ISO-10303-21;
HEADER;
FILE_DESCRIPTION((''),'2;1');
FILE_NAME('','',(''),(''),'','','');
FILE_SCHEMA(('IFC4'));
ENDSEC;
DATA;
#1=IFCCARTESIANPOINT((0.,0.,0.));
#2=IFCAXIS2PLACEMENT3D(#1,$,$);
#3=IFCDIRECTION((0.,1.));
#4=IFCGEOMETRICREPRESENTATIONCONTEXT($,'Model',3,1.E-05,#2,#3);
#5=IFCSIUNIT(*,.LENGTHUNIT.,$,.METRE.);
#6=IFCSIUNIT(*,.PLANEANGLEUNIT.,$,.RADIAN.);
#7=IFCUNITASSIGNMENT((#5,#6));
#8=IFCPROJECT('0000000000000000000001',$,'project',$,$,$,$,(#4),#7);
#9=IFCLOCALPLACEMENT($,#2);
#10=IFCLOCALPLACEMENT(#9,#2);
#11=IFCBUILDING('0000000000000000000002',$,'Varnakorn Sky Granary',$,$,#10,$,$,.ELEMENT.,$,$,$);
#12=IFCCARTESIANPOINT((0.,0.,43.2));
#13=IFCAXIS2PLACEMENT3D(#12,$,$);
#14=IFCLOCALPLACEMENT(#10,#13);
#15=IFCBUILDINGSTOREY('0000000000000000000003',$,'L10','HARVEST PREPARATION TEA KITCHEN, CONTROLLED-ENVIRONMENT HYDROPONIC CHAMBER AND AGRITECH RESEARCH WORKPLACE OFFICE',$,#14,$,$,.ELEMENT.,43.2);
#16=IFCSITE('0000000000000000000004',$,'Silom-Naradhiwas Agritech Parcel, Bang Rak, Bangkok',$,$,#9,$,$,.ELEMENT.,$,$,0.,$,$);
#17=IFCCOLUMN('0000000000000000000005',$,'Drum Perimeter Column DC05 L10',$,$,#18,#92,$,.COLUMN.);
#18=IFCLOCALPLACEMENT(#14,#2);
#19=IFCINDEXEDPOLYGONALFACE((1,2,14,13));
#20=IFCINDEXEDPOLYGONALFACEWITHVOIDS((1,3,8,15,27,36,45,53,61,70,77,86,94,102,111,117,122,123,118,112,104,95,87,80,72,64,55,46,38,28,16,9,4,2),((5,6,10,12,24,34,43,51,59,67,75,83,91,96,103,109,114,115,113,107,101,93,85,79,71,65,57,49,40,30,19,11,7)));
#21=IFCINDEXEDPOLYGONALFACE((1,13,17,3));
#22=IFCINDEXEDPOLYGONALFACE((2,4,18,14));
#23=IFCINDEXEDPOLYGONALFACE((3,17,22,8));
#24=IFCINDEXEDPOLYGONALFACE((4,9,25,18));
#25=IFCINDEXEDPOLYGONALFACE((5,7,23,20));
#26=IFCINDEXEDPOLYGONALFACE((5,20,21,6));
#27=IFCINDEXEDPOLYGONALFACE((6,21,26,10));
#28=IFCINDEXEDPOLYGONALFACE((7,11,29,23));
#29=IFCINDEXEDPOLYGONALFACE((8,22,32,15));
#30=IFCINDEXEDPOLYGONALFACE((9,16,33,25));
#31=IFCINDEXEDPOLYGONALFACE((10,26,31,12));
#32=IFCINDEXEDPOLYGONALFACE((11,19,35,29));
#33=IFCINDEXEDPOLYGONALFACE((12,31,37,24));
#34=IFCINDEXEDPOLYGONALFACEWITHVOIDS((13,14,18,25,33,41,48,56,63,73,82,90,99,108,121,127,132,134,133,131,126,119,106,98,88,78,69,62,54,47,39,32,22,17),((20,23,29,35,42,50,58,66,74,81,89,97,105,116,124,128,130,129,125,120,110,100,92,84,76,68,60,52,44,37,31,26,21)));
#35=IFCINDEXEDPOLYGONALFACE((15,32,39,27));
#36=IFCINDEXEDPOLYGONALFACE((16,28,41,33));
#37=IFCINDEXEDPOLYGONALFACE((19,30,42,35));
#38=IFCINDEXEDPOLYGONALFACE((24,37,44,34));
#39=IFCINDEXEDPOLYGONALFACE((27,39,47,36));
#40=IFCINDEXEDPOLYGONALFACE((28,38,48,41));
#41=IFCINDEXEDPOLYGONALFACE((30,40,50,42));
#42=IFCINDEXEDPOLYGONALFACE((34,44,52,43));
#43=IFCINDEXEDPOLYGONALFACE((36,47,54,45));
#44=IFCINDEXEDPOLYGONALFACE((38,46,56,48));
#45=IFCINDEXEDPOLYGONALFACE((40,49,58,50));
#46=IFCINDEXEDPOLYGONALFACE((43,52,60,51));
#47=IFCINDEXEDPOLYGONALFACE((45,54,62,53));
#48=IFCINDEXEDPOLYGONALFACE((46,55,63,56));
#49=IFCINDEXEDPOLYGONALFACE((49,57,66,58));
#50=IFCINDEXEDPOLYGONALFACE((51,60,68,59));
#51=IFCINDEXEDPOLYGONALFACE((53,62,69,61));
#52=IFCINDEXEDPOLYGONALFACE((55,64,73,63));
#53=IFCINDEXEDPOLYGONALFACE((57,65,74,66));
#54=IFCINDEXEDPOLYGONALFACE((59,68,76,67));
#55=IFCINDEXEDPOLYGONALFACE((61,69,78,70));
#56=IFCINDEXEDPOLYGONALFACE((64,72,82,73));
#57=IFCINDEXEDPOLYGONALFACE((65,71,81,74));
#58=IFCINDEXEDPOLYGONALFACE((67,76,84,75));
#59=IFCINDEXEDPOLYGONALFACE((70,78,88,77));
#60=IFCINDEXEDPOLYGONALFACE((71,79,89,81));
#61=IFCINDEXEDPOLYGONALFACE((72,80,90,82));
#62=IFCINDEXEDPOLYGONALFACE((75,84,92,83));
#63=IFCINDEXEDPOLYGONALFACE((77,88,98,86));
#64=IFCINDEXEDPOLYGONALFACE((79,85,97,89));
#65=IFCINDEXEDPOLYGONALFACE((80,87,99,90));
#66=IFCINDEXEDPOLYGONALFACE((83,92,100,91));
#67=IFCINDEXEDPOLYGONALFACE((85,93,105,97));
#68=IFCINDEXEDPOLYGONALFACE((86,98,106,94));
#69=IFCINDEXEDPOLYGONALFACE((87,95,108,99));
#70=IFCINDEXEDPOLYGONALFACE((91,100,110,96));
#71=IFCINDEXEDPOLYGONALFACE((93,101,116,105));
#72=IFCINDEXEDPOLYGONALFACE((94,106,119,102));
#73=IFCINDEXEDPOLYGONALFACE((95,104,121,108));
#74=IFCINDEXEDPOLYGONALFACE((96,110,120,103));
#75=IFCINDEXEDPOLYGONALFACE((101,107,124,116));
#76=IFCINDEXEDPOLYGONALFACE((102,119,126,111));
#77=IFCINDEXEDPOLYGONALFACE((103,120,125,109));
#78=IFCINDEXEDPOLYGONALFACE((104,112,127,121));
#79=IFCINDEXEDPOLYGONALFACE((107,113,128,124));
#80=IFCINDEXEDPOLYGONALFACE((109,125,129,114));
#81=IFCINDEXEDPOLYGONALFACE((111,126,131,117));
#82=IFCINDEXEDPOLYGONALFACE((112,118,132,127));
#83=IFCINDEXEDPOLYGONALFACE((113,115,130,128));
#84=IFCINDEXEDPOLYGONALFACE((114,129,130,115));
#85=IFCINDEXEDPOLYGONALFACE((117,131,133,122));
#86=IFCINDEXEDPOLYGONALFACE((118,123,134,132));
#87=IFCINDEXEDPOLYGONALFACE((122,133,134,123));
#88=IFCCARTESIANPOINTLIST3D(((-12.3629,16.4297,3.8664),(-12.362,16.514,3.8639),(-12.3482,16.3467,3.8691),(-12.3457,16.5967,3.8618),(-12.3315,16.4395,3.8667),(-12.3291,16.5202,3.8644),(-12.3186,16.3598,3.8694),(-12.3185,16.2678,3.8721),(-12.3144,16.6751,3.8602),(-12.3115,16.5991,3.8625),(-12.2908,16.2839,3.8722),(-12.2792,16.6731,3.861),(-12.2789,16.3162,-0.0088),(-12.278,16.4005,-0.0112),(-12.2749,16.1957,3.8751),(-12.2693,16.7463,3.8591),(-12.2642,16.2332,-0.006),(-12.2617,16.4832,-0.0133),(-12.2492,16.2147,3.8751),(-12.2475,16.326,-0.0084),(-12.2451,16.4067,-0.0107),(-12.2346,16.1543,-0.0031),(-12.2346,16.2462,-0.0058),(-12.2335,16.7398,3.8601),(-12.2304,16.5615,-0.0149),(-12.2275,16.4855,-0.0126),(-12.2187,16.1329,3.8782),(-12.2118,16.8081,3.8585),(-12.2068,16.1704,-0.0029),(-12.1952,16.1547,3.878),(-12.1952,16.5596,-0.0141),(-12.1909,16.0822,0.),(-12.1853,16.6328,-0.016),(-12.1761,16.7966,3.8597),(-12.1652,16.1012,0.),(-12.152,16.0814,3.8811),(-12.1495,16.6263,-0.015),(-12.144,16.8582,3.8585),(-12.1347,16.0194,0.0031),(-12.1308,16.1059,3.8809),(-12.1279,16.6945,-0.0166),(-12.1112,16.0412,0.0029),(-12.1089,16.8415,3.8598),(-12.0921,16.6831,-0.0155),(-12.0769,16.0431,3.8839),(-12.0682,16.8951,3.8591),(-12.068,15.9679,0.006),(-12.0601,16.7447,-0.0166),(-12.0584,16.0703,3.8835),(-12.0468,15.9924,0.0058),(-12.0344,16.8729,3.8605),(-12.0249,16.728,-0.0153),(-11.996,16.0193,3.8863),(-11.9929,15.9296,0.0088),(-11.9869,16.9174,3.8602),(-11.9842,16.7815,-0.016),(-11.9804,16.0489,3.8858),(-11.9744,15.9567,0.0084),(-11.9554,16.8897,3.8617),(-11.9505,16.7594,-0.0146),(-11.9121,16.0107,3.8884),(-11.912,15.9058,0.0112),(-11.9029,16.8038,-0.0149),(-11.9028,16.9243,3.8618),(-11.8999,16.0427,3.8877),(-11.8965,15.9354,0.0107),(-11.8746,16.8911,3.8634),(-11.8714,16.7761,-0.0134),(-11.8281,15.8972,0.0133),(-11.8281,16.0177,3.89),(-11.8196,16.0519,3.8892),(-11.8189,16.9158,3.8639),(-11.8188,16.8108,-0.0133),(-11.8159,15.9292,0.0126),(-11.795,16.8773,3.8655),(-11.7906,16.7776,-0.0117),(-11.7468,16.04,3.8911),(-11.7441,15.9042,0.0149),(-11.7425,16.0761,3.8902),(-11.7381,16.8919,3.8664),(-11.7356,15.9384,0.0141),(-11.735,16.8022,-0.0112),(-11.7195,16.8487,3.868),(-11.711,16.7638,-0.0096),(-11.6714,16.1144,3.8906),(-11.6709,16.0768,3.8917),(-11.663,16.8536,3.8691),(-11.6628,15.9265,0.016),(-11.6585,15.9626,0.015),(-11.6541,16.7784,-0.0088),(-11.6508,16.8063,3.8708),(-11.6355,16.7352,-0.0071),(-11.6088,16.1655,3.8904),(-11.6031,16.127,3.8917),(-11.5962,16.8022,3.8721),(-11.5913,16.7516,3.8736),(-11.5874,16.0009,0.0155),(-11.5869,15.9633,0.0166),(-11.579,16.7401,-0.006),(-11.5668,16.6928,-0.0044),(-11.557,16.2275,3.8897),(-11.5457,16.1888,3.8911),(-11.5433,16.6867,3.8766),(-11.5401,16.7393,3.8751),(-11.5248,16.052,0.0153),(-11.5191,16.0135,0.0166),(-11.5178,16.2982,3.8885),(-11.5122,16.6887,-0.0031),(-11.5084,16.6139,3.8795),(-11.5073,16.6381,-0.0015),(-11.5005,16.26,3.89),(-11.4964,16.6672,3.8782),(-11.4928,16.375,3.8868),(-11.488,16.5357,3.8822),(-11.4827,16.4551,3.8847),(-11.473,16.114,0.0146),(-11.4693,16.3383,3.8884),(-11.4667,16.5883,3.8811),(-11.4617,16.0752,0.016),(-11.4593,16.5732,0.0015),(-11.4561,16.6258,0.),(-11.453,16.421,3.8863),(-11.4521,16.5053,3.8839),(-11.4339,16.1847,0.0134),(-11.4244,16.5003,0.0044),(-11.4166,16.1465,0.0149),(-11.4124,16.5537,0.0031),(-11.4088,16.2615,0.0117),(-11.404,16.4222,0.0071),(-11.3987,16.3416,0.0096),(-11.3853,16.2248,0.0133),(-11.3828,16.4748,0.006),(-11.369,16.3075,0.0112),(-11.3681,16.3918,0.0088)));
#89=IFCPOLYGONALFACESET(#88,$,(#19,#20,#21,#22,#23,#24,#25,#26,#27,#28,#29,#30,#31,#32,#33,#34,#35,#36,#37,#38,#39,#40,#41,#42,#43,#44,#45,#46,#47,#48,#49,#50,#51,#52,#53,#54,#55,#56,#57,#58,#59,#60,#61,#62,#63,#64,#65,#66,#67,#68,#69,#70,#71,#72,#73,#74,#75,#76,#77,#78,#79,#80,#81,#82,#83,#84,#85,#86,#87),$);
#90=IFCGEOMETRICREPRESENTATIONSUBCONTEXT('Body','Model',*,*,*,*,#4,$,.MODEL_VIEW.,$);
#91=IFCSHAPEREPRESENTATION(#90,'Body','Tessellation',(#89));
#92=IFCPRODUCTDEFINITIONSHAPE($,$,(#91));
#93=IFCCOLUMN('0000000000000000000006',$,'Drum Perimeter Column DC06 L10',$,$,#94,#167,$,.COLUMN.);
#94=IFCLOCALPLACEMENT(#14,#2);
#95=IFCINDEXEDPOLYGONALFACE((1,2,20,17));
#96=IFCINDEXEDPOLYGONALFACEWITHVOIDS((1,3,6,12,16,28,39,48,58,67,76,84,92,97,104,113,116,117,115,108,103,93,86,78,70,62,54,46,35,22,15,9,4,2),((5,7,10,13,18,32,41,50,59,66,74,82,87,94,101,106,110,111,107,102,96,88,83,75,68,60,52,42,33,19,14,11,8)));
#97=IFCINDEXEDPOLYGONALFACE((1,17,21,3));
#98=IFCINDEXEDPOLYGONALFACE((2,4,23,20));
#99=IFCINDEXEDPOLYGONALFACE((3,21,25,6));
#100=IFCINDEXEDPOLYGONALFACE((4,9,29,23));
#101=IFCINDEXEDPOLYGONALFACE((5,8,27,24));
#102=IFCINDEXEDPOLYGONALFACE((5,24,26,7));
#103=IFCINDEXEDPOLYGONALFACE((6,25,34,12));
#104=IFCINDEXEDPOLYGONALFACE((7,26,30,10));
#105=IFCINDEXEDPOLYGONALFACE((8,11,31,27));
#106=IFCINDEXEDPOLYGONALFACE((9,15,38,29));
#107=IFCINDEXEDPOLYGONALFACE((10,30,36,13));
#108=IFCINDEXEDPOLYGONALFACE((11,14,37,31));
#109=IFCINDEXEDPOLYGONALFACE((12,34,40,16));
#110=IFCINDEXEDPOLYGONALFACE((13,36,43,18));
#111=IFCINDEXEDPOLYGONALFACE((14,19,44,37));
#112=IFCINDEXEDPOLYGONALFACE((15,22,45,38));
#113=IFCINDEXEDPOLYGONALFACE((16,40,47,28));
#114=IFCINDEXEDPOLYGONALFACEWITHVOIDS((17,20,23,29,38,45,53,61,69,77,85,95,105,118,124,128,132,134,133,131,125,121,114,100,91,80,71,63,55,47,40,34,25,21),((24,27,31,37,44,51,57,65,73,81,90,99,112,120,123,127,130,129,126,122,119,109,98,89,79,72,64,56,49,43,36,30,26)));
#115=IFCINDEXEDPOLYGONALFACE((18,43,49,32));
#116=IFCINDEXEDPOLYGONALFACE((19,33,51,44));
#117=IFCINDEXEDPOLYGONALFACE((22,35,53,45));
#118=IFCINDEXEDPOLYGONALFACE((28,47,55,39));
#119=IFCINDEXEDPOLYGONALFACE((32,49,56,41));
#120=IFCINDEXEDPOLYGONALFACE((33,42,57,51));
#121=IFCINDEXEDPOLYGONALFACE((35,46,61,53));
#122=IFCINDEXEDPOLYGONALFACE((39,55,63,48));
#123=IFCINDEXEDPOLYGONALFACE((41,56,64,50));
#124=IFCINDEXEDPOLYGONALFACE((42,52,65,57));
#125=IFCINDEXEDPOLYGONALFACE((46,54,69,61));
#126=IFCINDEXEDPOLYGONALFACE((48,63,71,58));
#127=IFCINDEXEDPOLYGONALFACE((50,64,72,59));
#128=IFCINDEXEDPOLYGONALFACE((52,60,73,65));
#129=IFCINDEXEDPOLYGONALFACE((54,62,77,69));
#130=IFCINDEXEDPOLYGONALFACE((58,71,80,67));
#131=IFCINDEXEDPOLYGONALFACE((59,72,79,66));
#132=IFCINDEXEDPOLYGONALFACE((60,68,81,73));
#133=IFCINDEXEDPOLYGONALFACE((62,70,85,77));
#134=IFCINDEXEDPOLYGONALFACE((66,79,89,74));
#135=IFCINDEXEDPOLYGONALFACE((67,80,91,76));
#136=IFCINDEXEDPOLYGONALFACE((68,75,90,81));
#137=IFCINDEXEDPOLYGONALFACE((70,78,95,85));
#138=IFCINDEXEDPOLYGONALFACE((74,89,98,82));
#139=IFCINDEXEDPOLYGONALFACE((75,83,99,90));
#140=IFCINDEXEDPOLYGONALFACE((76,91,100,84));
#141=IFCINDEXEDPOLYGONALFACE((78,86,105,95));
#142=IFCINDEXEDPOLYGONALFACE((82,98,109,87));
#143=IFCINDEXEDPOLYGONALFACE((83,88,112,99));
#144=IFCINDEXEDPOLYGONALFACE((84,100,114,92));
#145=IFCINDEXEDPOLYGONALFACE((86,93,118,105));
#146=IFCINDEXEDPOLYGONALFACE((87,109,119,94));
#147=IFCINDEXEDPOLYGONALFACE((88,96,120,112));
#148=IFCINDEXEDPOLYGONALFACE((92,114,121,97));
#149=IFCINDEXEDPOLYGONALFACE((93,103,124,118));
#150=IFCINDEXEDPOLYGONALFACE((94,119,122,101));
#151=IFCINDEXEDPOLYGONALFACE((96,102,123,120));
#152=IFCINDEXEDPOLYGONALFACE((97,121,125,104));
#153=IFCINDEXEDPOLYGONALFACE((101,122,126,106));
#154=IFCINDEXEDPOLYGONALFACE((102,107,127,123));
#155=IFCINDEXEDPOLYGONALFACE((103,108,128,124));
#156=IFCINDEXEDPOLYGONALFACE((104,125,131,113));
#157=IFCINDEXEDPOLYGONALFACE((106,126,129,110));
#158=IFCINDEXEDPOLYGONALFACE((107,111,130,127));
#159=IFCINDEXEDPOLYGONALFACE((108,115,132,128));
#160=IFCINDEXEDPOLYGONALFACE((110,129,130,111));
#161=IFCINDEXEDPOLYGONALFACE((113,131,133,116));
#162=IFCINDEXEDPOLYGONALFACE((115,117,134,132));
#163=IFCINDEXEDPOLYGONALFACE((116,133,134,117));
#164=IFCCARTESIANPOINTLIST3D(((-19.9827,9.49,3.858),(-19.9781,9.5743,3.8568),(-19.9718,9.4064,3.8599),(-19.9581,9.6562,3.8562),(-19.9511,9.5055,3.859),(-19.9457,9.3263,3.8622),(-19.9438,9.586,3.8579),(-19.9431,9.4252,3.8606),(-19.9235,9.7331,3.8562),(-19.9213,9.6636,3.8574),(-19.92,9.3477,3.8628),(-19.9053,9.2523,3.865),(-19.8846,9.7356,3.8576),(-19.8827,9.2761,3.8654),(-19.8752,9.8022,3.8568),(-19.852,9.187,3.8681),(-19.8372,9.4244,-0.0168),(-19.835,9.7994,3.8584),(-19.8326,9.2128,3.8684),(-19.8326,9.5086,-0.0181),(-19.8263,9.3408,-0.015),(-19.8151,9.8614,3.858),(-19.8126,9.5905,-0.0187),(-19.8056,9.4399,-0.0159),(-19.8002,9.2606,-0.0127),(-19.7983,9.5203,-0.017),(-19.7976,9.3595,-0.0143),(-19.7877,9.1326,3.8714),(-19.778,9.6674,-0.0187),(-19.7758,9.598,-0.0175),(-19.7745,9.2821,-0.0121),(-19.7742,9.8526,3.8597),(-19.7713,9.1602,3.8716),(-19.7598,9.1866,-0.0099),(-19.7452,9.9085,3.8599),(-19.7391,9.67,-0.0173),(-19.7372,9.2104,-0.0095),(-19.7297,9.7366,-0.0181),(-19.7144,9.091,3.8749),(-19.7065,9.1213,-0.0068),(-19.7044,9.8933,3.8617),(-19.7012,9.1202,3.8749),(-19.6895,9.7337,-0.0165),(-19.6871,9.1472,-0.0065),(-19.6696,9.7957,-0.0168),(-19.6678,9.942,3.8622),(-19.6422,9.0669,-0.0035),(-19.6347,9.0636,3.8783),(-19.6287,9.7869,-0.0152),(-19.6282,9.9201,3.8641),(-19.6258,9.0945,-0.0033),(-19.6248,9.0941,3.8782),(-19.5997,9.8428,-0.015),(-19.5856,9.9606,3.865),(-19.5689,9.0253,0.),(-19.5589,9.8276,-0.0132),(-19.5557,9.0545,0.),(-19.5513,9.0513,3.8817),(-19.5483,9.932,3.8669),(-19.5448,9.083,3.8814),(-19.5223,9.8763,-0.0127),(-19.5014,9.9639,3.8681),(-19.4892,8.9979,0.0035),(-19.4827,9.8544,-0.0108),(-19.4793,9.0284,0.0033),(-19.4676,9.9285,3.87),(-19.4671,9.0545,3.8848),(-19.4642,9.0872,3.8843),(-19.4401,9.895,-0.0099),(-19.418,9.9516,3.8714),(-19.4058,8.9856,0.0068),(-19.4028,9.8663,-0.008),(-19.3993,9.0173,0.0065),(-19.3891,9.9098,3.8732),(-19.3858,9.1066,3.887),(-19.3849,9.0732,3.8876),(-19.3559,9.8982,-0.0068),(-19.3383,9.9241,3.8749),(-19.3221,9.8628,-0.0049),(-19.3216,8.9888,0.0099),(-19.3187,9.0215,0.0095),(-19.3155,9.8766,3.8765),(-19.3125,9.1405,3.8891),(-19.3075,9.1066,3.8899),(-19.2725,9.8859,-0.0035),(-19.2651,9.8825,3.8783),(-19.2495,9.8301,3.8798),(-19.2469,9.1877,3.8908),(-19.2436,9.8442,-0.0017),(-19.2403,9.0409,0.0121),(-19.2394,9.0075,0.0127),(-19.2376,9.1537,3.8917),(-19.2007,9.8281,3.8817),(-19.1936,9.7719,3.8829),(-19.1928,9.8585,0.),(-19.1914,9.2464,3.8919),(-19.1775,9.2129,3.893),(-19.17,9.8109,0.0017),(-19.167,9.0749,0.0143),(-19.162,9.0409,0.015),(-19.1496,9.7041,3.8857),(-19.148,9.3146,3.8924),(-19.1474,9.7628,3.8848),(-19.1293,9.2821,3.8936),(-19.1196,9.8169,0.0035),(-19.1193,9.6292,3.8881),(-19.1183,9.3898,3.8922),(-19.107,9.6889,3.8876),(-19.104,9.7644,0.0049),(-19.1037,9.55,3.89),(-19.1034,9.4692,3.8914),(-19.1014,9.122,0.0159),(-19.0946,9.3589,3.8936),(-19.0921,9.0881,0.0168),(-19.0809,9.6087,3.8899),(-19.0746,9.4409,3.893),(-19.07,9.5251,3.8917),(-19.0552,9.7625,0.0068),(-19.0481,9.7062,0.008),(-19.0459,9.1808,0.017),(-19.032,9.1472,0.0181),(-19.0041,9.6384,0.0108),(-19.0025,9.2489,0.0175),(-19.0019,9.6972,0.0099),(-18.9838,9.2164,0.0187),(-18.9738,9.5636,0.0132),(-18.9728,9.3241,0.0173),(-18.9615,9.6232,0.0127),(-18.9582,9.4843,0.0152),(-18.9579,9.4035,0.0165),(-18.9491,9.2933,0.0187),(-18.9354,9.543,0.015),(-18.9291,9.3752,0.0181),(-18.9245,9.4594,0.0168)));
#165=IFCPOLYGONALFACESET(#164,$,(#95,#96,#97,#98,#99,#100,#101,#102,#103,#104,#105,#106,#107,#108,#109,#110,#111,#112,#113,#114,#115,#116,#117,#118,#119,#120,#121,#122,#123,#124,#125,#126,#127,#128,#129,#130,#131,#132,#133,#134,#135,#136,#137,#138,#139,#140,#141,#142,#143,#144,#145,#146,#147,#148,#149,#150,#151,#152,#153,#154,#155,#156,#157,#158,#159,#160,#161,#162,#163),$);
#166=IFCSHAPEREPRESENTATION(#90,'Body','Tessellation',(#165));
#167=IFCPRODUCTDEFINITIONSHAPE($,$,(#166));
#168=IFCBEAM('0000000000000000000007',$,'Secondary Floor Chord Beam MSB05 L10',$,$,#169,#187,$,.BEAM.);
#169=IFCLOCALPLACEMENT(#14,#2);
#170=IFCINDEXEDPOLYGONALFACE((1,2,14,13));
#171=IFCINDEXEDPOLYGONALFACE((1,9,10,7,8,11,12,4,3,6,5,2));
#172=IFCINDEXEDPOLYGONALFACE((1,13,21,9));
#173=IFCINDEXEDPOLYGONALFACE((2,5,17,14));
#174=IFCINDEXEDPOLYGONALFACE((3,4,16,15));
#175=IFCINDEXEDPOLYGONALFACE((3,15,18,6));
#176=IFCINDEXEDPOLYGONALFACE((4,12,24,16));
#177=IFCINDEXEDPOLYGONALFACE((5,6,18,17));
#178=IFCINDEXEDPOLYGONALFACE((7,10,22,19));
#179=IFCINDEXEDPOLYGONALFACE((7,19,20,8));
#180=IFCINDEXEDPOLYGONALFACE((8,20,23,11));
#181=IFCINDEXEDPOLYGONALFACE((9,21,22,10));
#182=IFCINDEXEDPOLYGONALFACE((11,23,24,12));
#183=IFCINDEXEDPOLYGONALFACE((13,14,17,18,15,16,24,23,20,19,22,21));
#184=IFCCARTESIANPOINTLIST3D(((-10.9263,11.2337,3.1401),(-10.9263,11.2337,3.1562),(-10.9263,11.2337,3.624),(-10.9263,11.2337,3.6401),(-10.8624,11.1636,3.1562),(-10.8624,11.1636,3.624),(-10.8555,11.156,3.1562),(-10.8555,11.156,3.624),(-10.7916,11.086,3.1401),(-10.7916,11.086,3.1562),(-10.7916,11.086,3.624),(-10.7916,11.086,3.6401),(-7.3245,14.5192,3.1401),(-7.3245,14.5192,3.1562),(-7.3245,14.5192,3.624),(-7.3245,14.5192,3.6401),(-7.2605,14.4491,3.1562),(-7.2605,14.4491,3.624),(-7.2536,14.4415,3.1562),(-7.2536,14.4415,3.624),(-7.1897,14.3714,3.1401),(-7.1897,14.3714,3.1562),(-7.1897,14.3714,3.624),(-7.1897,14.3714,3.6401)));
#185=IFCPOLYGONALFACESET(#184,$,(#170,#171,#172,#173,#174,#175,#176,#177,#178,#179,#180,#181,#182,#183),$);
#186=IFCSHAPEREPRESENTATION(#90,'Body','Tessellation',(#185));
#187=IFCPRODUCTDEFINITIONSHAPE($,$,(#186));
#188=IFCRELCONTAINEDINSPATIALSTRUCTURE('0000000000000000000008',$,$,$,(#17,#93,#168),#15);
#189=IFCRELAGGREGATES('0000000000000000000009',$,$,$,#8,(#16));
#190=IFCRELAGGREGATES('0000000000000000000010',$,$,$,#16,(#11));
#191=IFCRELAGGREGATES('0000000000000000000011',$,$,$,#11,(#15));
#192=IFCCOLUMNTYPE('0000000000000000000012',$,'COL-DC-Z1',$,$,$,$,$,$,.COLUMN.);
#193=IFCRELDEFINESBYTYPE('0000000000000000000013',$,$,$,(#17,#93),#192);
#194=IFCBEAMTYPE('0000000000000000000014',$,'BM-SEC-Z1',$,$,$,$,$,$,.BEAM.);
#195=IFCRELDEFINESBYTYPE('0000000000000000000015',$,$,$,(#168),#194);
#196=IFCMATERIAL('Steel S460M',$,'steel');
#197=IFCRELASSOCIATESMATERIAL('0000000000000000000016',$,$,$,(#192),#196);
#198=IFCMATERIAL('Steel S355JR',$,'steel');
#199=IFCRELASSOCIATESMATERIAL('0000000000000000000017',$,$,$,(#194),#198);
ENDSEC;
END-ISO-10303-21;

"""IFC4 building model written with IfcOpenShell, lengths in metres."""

from ifc_helpers import new_model, si_unit, direction, frame, origin, origin_2d, place, context, subcontext, project, spatial, hollow_circle, i_section, extrude, material, material_profile, profile_set, type_object, element, save


model = new_model("IFC4")

# Units and contexts
model_context = context("Model", 3, precision=1e-05, world=origin(), true_north=direction((0.0, 1.0)))
body_context = subcontext(model_context, "Body", "Model", "MODEL_VIEW")
ifc_project = project(units=[si_unit("LENGTHUNIT", "METRE"), si_unit("PLANEANGLEUNIT", "RADIAN")], contexts=[model_context])

# Site, building, storey
site_placement = place(None, origin())
site = spatial("IfcSite", under=ifc_project, at=site_placement, Name="Silom-Naradhiwas Agritech Parcel, Bang Rak, Bangkok", CompositionType="ELEMENT", RefElevation=0.0)
building_placement = place(site_placement, origin())
building = spatial("IfcBuilding", under=site, at=building_placement, Name="Varnakorn Sky Granary", CompositionType="ELEMENT")
storey_placement = place(building_placement, frame((0.0, 0.0, 43.2)))
storey = spatial("IfcBuildingStorey", under=building, at=storey_placement, Name="L10", Description="HARVEST PREPARATION TEA KITCHEN, CONTROLLED-ENVIRONMENT HYDROPONIC CHAMBER AND AGRITECH RESEARCH WORKPLACE OFFICE", CompositionType="ELEMENT", Elevation=43.2)

# Columns
ifc_material_1 = material(Name="Steel S460M", Category="steel")
ifc_material_profile_1 = material_profile(ifc_material_1, hollow_circle(Radius=0.457, WallThickness=0.032, at=origin_2d()), Name="CHS 914x32")
ifc_profile_set_1 = profile_set([ifc_material_profile_1], Name="Steel S460M")
column_type = type_object("IfcColumnType", Name="COL-DC-Z1", PredefinedType="COLUMN", material=ifc_profile_set_1)
column_1_placement = place(storey_placement, frame((-11.8235, 16.354, 0.0), z_axis=(-0.021659, 0.029277, 0.999337), x_axis=(-0.803925, -0.594731, 0.0)))
element("IfcColumn", 1, at=column_1_placement, inside=storey, type_object=column_type, Name="Drum Perimeter Column DC05 L10", PredefinedType="COLUMN", context=body_context, shape_type="SweptSolid", body=[
    extrude(hollow_circle(Radius=0.457, WallThickness=0.032, at=origin_2d()), origin(), (0.0, 0.0, 1.0), 3.8777),
])
column_2_placement = place(storey_placement, frame((-19.3809, 9.4419, 0.0), z_axis=(-0.037519, 0.016934, 0.999152), x_axis=(-0.411382, -0.911463, 0.0)))
element("IfcColumn", 2, at=column_2_placement, inside=storey, type_object=column_type, Name="Drum Perimeter Column DC06 L10", PredefinedType="COLUMN", context=body_context, shape_type="SweptSolid", body=[
    extrude(hollow_circle(Radius=0.457, WallThickness=0.032, at=origin_2d()), origin(), (0.0, 0.0, 1.0), 3.8782),
])

# Beam
ifc_material_2 = material(Name="Steel S355JR", Category="steel")
ifc_material_profile_2 = material_profile(ifc_material_2, i_section(OverallWidth=0.2, OverallDepth=0.5, WebThickness=0.0103, FlangeThickness=0.0161, at=origin_2d()), Name="IPE 500")
ifc_profile_set_2 = profile_set([ifc_material_profile_2], Name="Steel S355JR")
beam_type_1 = type_object("IfcBeamType", Name="BM-SEC-Z1", PredefinedType="BEAM", material=ifc_profile_set_2)
beam_1_placement = place(storey_placement, frame((-7.2571, 14.4453, 3.3901), z_axis=(-0.738813, -0.673911, 0.0), x_axis=(0.673911, -0.738813, 0.0)))
element("IfcBeam", 3, at=beam_1_placement, inside=storey, type_object=beam_type_1, Name="Secondary Floor Chord Beam MSB05 L10", PredefinedType="BEAM", context=body_context, shape_type="SweptSolid", body=[
    extrude(i_section(OverallWidth=0.2, OverallDepth=0.5, WebThickness=0.0103, FlangeThickness=0.0161, at=origin_2d()), origin(), (0.0, 0.0, 1.0), 4.8752),
])

save(model, "model.ifc")
